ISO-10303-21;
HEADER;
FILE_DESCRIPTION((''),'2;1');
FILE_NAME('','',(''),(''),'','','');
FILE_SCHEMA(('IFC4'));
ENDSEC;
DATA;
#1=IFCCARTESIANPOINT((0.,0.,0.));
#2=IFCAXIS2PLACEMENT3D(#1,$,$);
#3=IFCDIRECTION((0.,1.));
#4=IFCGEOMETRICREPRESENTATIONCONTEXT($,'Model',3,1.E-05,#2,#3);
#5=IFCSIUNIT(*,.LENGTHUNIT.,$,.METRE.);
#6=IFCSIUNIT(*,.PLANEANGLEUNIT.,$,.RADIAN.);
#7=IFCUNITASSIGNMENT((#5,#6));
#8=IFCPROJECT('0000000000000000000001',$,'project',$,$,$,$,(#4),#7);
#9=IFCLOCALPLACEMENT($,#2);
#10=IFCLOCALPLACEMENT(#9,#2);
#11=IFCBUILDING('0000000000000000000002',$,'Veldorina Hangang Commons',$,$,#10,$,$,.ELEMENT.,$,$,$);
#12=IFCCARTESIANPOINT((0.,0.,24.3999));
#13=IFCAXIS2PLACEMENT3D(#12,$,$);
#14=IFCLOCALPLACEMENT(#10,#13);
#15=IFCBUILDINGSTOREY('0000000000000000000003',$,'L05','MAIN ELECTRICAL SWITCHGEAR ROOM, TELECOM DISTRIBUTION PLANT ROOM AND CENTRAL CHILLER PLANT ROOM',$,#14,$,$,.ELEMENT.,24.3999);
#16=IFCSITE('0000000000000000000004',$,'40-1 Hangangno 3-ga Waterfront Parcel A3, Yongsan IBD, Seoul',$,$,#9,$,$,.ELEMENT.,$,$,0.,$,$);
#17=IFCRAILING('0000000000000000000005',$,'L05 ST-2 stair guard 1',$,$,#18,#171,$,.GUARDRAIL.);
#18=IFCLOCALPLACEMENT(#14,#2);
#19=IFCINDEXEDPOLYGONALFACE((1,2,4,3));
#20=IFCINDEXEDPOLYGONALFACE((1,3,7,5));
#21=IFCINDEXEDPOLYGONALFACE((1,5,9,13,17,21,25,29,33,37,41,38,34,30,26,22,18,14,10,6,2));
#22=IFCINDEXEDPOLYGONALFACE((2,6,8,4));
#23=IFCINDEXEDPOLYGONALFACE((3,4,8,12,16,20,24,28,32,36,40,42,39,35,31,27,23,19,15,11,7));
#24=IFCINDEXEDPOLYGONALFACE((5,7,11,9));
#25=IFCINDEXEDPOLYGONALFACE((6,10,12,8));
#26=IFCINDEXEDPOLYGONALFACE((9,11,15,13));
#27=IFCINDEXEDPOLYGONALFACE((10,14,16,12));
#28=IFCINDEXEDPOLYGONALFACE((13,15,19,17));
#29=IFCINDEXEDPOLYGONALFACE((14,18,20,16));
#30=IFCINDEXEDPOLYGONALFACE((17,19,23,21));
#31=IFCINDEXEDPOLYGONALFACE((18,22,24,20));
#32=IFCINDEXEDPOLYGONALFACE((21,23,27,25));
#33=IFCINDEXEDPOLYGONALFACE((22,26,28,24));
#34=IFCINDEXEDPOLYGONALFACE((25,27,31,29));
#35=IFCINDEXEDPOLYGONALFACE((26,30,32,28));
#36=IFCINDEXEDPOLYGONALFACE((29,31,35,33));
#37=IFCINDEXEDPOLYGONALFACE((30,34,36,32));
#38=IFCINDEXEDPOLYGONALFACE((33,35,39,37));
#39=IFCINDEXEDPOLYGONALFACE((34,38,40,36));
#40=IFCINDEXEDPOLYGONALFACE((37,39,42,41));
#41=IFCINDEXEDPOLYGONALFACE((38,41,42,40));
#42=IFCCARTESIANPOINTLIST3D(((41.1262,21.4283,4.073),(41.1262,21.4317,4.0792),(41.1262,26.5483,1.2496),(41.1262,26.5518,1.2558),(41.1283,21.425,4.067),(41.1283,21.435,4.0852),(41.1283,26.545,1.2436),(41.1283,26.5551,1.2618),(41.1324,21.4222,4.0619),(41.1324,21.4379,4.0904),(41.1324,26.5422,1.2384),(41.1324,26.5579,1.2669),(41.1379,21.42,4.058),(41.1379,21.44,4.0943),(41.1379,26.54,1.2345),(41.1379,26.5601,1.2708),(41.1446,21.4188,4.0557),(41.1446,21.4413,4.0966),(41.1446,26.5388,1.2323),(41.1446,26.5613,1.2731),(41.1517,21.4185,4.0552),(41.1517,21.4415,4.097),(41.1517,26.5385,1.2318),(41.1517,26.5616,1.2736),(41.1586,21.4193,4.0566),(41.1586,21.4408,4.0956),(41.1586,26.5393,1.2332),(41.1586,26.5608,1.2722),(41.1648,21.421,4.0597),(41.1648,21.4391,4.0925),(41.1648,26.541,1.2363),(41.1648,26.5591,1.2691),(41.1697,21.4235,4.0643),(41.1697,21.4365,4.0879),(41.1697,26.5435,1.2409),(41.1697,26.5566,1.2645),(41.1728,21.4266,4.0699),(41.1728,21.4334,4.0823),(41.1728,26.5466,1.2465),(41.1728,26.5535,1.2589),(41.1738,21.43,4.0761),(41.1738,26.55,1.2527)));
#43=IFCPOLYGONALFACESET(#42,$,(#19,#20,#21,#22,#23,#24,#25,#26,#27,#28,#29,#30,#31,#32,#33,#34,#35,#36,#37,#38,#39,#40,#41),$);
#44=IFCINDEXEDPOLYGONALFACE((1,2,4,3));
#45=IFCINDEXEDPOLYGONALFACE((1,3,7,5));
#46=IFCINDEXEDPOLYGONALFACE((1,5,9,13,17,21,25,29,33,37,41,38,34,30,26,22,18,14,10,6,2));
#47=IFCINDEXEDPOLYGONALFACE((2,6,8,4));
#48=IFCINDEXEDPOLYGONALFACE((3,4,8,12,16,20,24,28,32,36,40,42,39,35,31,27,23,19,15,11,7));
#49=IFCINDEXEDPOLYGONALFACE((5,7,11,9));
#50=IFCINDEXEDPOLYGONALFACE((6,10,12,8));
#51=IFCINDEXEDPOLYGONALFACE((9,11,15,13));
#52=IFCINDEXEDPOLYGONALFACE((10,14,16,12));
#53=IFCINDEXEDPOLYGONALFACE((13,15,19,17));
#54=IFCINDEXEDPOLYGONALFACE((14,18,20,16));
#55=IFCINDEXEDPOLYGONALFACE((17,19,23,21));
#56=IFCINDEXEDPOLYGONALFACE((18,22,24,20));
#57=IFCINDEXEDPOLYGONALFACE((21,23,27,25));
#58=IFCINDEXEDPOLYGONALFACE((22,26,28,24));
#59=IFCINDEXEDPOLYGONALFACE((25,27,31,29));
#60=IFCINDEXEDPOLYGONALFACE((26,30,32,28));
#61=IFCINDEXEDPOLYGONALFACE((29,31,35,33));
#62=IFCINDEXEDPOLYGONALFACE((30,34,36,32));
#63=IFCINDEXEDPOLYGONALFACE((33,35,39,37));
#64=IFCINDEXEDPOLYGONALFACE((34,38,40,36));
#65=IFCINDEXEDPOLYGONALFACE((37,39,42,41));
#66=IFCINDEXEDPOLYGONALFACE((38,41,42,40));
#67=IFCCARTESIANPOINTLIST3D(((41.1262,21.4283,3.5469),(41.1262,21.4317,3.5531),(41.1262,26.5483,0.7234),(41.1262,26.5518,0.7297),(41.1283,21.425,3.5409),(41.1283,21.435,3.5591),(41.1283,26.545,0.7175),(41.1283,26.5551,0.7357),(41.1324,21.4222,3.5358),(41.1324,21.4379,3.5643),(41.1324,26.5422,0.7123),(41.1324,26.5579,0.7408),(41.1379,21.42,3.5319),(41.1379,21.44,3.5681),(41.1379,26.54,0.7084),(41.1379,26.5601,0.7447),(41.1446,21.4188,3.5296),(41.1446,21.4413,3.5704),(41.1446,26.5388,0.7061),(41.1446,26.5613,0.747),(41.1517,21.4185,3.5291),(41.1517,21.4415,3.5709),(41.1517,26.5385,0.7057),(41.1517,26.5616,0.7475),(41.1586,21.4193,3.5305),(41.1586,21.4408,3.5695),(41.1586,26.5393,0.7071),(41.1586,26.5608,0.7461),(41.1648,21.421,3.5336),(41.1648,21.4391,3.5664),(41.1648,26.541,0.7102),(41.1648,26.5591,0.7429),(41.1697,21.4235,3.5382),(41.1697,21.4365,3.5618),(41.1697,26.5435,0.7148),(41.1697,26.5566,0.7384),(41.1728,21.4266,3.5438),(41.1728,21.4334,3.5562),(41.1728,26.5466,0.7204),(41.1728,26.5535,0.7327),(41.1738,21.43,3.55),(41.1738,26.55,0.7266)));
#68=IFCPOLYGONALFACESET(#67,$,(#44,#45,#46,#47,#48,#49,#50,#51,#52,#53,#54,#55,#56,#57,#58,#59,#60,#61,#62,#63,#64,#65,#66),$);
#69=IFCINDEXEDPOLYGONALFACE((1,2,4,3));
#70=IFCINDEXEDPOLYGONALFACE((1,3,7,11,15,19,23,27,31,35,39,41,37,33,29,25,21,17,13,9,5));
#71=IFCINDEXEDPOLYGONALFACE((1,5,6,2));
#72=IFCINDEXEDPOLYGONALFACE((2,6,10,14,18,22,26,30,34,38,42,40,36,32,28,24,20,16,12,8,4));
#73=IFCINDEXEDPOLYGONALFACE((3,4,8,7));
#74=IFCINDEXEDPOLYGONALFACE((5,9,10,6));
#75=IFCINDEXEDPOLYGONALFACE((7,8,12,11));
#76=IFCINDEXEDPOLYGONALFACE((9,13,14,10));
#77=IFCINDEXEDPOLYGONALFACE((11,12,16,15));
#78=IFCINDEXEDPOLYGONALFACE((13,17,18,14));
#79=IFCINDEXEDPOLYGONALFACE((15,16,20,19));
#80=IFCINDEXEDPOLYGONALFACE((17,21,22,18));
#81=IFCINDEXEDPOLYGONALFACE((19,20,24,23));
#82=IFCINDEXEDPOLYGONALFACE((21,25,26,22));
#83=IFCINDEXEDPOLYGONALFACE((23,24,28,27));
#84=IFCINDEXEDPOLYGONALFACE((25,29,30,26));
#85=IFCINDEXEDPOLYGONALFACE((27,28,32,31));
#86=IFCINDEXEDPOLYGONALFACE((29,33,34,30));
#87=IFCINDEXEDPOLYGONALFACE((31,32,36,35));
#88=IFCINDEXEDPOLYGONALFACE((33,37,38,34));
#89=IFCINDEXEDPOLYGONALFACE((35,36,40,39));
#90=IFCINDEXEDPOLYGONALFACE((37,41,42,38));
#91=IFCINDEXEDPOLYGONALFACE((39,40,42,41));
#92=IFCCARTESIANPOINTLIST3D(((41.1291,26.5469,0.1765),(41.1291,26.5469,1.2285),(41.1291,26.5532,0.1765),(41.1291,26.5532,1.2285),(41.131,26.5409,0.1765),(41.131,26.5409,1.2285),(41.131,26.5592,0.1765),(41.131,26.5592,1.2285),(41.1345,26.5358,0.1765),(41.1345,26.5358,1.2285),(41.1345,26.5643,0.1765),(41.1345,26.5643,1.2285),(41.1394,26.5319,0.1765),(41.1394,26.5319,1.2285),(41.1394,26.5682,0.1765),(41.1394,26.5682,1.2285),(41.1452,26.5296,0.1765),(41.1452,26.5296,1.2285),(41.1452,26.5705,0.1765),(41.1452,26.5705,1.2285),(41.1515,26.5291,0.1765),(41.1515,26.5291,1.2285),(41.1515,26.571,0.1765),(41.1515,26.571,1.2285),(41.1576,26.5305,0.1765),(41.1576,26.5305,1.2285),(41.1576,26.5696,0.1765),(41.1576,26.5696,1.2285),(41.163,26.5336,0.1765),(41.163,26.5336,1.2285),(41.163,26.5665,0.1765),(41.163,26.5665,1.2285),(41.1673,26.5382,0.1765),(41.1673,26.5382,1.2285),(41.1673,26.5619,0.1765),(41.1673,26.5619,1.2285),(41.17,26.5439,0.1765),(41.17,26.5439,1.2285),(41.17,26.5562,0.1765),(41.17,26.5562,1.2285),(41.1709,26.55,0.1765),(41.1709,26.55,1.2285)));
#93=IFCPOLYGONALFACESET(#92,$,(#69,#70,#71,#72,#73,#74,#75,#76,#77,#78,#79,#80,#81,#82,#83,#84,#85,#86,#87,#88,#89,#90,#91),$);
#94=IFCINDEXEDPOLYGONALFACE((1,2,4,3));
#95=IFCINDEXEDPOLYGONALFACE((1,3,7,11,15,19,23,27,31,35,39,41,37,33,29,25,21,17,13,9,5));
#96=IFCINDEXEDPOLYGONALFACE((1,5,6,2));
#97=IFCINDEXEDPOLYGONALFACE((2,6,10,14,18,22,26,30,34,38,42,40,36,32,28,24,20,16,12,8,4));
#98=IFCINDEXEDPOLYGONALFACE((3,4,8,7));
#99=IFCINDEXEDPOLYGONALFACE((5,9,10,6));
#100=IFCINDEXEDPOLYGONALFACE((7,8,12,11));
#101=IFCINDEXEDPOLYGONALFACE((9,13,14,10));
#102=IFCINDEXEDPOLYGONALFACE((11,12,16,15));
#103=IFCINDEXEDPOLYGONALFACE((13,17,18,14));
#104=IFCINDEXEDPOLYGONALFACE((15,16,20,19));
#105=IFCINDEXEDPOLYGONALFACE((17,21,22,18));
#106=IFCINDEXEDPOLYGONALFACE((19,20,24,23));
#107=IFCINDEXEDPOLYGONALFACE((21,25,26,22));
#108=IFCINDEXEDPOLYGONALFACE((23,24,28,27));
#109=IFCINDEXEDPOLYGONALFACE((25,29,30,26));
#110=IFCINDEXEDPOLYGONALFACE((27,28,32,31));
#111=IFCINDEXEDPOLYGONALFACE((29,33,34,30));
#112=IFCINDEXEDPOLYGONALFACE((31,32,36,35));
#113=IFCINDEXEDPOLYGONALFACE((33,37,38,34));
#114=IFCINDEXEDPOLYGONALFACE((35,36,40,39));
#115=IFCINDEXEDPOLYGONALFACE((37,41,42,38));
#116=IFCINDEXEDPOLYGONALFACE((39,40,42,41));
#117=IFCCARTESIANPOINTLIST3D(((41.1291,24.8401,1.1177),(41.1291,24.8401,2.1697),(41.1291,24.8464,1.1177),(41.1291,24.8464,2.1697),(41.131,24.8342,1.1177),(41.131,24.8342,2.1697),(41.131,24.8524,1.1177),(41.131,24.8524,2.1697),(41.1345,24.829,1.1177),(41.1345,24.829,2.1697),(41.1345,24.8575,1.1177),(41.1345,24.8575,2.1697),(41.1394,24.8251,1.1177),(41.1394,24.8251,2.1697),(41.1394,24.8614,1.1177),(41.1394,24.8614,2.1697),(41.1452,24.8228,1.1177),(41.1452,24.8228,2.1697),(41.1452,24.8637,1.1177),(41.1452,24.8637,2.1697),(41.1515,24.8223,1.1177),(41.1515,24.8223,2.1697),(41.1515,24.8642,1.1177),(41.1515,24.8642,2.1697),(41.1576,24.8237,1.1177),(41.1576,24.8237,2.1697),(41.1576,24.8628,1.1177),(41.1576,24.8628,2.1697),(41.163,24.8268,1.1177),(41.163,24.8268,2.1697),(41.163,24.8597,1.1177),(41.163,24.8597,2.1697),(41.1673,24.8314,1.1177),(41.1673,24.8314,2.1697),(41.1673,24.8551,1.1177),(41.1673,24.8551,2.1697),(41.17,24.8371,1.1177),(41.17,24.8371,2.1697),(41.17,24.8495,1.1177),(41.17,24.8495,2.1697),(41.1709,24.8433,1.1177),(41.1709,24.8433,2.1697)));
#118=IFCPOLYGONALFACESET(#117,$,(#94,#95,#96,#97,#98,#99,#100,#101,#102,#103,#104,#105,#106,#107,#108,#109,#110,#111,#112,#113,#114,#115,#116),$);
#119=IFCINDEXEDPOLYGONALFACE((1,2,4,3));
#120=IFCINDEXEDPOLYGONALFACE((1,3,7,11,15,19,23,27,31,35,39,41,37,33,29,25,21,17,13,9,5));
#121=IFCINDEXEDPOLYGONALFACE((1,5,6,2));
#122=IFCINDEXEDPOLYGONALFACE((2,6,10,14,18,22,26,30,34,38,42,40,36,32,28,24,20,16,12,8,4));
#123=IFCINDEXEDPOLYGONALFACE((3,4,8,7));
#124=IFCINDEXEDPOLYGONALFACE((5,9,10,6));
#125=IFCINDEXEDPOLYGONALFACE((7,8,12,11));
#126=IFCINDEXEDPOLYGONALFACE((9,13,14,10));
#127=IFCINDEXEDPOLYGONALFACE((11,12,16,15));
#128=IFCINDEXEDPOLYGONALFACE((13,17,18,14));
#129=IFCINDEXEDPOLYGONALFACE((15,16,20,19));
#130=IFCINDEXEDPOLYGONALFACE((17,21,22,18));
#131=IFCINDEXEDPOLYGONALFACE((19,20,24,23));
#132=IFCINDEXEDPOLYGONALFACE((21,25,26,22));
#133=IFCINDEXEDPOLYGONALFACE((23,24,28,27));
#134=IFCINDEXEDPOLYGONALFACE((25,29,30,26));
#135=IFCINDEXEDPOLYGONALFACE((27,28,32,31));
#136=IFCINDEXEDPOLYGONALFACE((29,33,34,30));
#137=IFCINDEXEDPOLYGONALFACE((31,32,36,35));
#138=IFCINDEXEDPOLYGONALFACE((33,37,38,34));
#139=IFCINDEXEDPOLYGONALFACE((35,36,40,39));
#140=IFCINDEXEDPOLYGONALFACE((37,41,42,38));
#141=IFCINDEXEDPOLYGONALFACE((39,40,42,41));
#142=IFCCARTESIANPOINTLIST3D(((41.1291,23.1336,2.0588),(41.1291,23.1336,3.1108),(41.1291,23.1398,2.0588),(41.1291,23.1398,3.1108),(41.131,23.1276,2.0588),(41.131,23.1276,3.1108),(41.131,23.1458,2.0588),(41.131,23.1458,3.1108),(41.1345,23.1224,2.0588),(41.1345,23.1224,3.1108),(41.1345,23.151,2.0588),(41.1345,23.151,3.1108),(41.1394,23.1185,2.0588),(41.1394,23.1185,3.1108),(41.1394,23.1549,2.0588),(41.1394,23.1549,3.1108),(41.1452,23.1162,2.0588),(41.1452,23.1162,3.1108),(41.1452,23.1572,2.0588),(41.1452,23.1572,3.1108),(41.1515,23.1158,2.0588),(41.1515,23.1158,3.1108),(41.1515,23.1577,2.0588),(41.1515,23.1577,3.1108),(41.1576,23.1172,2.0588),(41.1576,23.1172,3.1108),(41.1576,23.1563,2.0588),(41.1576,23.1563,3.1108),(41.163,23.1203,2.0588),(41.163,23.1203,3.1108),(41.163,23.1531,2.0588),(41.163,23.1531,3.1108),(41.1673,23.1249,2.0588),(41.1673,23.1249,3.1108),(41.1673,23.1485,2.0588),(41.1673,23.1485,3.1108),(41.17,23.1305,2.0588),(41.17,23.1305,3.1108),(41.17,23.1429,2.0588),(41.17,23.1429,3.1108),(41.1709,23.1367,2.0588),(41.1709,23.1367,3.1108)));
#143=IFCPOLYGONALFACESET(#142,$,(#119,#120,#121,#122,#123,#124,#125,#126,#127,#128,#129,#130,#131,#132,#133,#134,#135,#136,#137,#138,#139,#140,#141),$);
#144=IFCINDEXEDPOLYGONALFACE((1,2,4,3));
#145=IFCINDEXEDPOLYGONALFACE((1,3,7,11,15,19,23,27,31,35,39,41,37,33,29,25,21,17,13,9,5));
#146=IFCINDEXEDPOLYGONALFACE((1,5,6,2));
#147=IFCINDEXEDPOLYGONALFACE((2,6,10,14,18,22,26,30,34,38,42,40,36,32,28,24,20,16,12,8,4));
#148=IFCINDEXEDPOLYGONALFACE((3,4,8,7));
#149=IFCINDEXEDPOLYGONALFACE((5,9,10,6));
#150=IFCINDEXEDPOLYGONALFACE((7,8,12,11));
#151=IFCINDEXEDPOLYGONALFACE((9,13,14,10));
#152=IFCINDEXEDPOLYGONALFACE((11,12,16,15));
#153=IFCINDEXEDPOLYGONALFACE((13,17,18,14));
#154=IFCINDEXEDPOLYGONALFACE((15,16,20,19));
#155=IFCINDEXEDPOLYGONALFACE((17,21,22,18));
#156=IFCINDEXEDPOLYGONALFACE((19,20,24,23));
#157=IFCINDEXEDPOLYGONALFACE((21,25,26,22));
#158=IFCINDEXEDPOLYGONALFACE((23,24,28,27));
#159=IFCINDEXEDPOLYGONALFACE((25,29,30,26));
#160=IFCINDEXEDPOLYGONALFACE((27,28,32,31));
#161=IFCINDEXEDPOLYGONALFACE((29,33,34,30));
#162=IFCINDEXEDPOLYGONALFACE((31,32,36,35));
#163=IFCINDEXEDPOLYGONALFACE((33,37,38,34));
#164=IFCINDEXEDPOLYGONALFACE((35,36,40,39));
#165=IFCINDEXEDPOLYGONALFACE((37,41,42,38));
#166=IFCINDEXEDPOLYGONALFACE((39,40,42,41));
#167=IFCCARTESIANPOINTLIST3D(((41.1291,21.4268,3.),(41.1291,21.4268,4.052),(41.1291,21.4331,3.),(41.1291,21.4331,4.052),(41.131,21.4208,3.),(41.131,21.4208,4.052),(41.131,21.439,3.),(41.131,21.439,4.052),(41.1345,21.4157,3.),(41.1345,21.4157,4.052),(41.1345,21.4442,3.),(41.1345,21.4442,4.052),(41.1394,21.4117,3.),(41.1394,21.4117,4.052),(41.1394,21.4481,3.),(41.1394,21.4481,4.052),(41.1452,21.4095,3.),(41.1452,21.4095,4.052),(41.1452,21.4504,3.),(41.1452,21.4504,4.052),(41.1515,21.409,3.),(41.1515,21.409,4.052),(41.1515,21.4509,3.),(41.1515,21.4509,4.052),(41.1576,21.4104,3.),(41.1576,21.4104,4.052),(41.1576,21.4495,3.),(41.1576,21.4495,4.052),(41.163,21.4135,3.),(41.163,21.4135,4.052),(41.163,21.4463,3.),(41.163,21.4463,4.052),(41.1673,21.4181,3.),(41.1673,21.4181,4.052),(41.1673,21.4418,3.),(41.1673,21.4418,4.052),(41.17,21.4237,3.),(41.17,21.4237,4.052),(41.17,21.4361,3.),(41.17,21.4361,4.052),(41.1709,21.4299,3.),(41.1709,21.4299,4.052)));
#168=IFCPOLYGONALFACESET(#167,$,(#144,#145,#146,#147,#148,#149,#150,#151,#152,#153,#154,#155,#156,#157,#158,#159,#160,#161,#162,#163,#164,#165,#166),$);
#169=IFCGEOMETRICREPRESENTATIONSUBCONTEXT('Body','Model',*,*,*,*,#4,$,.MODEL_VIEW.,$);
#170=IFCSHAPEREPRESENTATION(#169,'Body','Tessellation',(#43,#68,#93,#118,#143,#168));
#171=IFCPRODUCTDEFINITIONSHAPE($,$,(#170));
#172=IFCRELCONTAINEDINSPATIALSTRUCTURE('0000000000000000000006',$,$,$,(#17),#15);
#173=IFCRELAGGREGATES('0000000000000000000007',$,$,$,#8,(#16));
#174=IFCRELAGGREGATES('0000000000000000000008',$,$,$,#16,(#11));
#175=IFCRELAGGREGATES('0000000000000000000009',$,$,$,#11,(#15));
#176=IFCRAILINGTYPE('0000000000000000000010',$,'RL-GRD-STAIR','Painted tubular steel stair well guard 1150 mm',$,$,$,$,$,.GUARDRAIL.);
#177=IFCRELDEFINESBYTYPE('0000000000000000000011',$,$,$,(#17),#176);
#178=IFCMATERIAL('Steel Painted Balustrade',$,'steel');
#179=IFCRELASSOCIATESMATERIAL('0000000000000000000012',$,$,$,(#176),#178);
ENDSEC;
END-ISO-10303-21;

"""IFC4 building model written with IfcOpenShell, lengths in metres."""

from ifc_helpers import new_model, si_unit, direction, frame, origin, origin_2d, place, context, subcontext, project, spatial, circle, extrude, material, type_object, element, save


model = new_model("IFC4")

# Units and contexts
model_context = context("Model", 3, precision=1e-05, world=origin(), true_north=direction((0.0, 1.0)))
body_context = subcontext(model_context, "Body", "Model", "MODEL_VIEW")
ifc_project = project(units=[si_unit("LENGTHUNIT", "METRE"), si_unit("PLANEANGLEUNIT", "RADIAN")], contexts=[model_context])

# Site, building, storey
site_placement = place(None, origin())
site = spatial("IfcSite", under=ifc_project, at=site_placement, Name="40-1 Hangangno 3-ga Waterfront Parcel A3, Yongsan IBD, Seoul", CompositionType="ELEMENT", RefElevation=0.0)
building_placement = place(site_placement, origin())
building = spatial("IfcBuilding", under=site, at=building_placement, Name="Veldorina Hangang Commons", CompositionType="ELEMENT")
storey_placement = place(building_placement, frame((0.0, 0.0, 24.3999)))
storey = spatial("IfcBuildingStorey", under=building, at=storey_placement, Name="L05", Description="MAIN ELECTRICAL SWITCHGEAR ROOM, TELECOM DISTRIBUTION PLANT ROOM AND CENTRAL CHILLER PLANT ROOM", CompositionType="ELEMENT", Elevation=24.3999)

# Railing
ifc_material_1 = material(Name="Steel Painted Balustrade", Category="steel")
railing_type_1 = type_object("IfcRailingType", Name="RL-GRD-STAIR", Description="Painted tubular steel stair well guard 1150 mm", PredefinedType="GUARDRAIL", material=ifc_material_1)
railing_1_placement = place(storey_placement, frame((41.1499, 26.55, 0.1765)))
element("IfcRailing", 1, at=railing_1_placement, inside=storey, type_object=railing_type_1, Name="L05 ST-2 stair guard 1", PredefinedType="GUARDRAIL", context=body_context, shape_type="SweptSolid", body=[
    extrude(circle(Radius=0.0239, at=origin_2d()), frame((0.0, 0.0, 1.0762), z_axis=(0.0, -0.875679, 0.482893), x_axis=(1.0, 0.0, 0.0)), (0.0, 0.0, 1.0), 5.8469),
    extrude(circle(Radius=0.0239, at=origin_2d()), frame((0.0, 0.0, 0.55), z_axis=(0.0, -0.875679, 0.482893), x_axis=(1.0, 0.0, 0.0)), (0.0, 0.0, 1.0), 5.8469),
    extrude(circle(Radius=0.021, at=origin_2d()), origin(), (0.0, 0.0, 1.0), 1.052),
    extrude(circle(Radius=0.021, at=origin_2d()), frame((0.0, -1.7068, 0.9412)), (0.0, 0.0, 1.0), 1.052),
    extrude(circle(Radius=0.021, at=origin_2d()), frame((0.0, -3.4133, 1.8823)), (0.0, 0.0, 1.0), 1.052),
    extrude(circle(Radius=0.021, at=origin_2d()), frame((0.0, -5.1201, 2.8235)), (0.0, 0.0, 1.0), 1.052),
])

save(model, "model.ifc")
